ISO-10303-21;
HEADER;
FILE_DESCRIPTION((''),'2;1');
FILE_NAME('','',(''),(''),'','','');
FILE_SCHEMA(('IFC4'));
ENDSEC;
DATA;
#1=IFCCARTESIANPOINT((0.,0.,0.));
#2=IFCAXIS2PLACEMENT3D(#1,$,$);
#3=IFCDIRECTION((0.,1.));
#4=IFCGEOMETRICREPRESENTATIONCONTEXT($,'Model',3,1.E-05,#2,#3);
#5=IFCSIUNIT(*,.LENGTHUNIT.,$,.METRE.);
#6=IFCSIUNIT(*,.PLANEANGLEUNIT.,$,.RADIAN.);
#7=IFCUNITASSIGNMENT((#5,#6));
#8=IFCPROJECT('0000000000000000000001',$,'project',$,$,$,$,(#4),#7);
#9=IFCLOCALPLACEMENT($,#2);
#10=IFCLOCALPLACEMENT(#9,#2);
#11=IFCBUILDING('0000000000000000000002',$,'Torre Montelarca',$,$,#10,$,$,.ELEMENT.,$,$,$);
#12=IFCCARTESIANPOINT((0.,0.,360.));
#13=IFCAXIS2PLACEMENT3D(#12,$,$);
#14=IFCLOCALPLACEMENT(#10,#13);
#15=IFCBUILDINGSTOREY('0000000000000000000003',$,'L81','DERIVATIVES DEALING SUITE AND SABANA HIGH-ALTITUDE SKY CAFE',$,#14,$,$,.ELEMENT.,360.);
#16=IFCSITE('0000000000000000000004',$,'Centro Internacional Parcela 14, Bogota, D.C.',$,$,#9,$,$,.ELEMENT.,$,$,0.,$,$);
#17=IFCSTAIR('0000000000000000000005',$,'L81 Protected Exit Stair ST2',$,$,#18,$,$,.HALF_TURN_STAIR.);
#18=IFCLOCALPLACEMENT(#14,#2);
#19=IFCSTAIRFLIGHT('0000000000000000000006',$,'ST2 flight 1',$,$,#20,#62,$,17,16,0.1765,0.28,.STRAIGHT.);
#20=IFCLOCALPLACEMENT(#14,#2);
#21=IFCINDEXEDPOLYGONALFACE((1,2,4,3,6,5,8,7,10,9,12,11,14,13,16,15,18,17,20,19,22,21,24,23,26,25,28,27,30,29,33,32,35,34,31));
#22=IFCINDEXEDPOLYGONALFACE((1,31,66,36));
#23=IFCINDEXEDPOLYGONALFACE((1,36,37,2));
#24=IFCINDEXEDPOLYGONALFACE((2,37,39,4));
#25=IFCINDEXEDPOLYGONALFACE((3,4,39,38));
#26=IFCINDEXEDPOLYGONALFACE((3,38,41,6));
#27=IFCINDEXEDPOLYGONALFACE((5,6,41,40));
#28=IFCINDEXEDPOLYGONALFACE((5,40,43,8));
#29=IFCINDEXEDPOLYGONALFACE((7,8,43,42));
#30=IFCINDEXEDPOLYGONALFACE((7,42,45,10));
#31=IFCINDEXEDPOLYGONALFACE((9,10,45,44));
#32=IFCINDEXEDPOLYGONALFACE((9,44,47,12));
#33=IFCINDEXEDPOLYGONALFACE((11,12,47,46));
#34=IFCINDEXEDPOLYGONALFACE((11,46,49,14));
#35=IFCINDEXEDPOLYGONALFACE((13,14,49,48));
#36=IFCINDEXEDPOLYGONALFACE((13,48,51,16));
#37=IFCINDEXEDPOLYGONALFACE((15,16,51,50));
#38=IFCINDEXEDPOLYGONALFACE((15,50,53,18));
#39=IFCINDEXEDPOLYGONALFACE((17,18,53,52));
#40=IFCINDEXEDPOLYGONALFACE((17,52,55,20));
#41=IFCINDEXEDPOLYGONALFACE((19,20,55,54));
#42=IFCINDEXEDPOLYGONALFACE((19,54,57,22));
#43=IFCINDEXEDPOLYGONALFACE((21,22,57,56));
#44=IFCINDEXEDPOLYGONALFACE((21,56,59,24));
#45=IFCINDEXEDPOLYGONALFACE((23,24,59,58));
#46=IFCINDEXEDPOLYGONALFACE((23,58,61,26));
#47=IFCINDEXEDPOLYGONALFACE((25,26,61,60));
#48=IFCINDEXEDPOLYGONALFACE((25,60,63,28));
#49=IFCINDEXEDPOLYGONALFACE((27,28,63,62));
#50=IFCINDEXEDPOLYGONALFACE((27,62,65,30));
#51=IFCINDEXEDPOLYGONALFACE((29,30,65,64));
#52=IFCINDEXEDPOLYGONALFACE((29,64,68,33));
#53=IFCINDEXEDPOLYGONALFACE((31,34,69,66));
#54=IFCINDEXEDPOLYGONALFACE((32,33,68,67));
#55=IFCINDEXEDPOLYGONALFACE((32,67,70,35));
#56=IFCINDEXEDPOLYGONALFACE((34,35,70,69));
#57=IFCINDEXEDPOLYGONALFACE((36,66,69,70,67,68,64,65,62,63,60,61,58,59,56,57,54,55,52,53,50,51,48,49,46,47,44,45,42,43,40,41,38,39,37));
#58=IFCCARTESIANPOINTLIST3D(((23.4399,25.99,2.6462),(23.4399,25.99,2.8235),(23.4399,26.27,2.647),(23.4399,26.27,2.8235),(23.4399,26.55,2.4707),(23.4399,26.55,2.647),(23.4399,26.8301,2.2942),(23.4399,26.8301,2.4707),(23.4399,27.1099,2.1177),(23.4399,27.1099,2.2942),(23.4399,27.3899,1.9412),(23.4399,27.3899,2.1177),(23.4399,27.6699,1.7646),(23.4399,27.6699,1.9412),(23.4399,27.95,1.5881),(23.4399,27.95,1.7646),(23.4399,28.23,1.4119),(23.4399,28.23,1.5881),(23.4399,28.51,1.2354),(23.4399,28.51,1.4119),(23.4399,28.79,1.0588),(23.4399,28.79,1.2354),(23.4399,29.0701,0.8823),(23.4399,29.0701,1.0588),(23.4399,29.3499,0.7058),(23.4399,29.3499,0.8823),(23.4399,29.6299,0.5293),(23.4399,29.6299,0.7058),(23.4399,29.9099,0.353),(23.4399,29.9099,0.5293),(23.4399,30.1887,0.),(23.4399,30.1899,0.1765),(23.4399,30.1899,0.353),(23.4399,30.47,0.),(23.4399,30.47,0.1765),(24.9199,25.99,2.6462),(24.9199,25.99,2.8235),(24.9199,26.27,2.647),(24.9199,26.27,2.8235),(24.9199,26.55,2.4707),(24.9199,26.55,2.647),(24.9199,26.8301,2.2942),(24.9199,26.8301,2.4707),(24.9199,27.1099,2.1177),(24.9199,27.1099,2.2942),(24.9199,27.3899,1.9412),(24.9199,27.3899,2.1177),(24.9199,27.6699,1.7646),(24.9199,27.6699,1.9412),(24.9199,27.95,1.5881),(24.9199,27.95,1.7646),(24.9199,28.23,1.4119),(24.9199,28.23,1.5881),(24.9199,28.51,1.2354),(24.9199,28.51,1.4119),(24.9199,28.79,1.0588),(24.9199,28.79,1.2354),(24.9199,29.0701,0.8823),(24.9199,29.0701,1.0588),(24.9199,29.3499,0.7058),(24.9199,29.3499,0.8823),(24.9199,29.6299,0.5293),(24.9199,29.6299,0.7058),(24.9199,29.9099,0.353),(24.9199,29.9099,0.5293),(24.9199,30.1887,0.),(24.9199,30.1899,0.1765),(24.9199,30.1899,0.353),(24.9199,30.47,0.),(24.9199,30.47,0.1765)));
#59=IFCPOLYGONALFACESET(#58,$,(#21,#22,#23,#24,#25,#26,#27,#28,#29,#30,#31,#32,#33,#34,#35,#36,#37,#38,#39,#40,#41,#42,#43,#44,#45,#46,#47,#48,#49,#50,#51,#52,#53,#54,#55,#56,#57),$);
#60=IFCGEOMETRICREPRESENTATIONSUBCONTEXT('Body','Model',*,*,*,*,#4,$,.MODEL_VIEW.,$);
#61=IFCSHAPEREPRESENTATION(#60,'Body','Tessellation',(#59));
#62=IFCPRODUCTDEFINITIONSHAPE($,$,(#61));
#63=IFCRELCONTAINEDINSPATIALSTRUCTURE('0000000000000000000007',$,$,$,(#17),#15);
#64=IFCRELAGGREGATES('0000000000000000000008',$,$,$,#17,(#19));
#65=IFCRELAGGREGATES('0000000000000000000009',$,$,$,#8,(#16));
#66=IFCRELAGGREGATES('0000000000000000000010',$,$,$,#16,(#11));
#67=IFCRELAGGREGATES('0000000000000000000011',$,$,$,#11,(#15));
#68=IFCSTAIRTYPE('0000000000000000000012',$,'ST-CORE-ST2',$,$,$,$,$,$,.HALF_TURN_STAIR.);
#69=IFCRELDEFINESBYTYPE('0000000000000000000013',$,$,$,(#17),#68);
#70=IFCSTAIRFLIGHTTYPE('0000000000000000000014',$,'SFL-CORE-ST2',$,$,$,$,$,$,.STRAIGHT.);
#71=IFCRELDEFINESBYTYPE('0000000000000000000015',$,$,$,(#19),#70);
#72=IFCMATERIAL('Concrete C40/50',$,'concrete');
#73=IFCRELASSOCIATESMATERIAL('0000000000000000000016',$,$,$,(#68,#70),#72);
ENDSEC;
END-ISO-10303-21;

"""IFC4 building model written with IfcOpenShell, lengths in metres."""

from ifc_helpers import new_model, si_unit, direction, frame, origin, place, context, subcontext, project, spatial, polyline, outline, extrude, material, type_object, element, aggregate, save


model = new_model("IFC4")

# Units and contexts
model_context = context("Model", 3, precision=1e-05, world=origin(), true_north=direction((0.0, 1.0)))
body_context = subcontext(model_context, "Body", "Model", "MODEL_VIEW")
ifc_project = project(units=[si_unit("LENGTHUNIT", "METRE"), si_unit("PLANEANGLEUNIT", "RADIAN")], contexts=[model_context])

# Site, building, storey
site_placement = place(None, origin())
site = spatial("IfcSite", under=ifc_project, at=site_placement, Name="Centro Internacional Parcela 14, Bogota, D.C.", CompositionType="ELEMENT", RefElevation=0.0)
building_placement = place(site_placement, origin())
building = spatial("IfcBuilding", under=site, at=building_placement, Name="Torre Montelarca", CompositionType="ELEMENT")
storey_placement = place(building_placement, frame((0.0, 0.0, 360.0)))
storey = spatial("IfcBuildingStorey", under=building, at=storey_placement, Name="L81", Description="DERIVATIVES DEALING SUITE AND SABANA HIGH-ALTITUDE SKY CAFE", CompositionType="ELEMENT", Elevation=360.0)

# Shared definitions
ifc_material_1 = material(Name="Concrete C40/50", Category="concrete")

# Stair, stair flight
stair_type = type_object("IfcStairType", Name="ST-CORE-ST2", PredefinedType="HALF_TURN_STAIR", material=ifc_material_1)
stair_placement = place(storey_placement, origin())
stair = element("IfcStair", 1, at=stair_placement, inside=storey, type_object=stair_type, Name="L81 Protected Exit Stair ST2", PredefinedType="HALF_TURN_STAIR")
stair_flight_type = type_object("IfcStairFlightType", Name="SFL-CORE-ST2", PredefinedType="STRAIGHT", material=ifc_material_1)
stair_flight_placement = place(storey_placement, frame((24.1799, 30.47, 0.0), z_axis=(0.0, 0.0, 1.0), x_axis=(0.0, -1.0, 0.0)))
stair_flight = element("IfcStairFlight", 2, at=stair_flight_placement, type_object=stair_flight_type, Name="ST2 flight 1", NumberOfRisers=17, NumberOfTreads=16, PredefinedType="STRAIGHT", RiserHeight=0.1765, TreadLength=0.28, context=body_context, shape_type="SweptSolid", body=[
    extrude(outline(polyline([(0.0, 0.0), (0.0, 0.1765), (0.28, 0.1765), (0.28, 0.353), (0.5601, 0.353), (0.5601, 0.5293), (0.8401, 0.5293), (0.8401, 0.7058), (1.1201, 0.7058), (1.1201, 0.8823), (1.3999, 0.8823), (1.3999, 1.0588), (1.6799, 1.0588), (1.6799, 1.2354), (1.96, 1.2354), (1.96, 1.4119), (2.24, 1.4119), (2.24, 1.5881), (2.52, 1.5881), (2.52, 1.7646), (2.8, 1.7646), (2.8, 1.9412), (3.0801, 1.9412), (3.0801, 2.1177), (3.3601, 2.1177), (3.3601, 2.2942), (3.6399, 2.2942), (3.6399, 2.4707), (3.9199, 2.4707), (3.9199, 2.647), (4.2, 2.647), (4.2, 2.8235), (4.48, 2.8235), (4.48, 3.0), (4.48, 2.6462), (0.2812, 0.0), (0.0, 0.0)])), frame((0.0, 0.74, 0.0), z_axis=(0.0, -1.0, 0.0), x_axis=(1.0, 0.0, 0.0)), (0.0, 0.0, 1.0), 1.48),
])
aggregate(stair, [stair_flight])

save(model, "model.ifc")
